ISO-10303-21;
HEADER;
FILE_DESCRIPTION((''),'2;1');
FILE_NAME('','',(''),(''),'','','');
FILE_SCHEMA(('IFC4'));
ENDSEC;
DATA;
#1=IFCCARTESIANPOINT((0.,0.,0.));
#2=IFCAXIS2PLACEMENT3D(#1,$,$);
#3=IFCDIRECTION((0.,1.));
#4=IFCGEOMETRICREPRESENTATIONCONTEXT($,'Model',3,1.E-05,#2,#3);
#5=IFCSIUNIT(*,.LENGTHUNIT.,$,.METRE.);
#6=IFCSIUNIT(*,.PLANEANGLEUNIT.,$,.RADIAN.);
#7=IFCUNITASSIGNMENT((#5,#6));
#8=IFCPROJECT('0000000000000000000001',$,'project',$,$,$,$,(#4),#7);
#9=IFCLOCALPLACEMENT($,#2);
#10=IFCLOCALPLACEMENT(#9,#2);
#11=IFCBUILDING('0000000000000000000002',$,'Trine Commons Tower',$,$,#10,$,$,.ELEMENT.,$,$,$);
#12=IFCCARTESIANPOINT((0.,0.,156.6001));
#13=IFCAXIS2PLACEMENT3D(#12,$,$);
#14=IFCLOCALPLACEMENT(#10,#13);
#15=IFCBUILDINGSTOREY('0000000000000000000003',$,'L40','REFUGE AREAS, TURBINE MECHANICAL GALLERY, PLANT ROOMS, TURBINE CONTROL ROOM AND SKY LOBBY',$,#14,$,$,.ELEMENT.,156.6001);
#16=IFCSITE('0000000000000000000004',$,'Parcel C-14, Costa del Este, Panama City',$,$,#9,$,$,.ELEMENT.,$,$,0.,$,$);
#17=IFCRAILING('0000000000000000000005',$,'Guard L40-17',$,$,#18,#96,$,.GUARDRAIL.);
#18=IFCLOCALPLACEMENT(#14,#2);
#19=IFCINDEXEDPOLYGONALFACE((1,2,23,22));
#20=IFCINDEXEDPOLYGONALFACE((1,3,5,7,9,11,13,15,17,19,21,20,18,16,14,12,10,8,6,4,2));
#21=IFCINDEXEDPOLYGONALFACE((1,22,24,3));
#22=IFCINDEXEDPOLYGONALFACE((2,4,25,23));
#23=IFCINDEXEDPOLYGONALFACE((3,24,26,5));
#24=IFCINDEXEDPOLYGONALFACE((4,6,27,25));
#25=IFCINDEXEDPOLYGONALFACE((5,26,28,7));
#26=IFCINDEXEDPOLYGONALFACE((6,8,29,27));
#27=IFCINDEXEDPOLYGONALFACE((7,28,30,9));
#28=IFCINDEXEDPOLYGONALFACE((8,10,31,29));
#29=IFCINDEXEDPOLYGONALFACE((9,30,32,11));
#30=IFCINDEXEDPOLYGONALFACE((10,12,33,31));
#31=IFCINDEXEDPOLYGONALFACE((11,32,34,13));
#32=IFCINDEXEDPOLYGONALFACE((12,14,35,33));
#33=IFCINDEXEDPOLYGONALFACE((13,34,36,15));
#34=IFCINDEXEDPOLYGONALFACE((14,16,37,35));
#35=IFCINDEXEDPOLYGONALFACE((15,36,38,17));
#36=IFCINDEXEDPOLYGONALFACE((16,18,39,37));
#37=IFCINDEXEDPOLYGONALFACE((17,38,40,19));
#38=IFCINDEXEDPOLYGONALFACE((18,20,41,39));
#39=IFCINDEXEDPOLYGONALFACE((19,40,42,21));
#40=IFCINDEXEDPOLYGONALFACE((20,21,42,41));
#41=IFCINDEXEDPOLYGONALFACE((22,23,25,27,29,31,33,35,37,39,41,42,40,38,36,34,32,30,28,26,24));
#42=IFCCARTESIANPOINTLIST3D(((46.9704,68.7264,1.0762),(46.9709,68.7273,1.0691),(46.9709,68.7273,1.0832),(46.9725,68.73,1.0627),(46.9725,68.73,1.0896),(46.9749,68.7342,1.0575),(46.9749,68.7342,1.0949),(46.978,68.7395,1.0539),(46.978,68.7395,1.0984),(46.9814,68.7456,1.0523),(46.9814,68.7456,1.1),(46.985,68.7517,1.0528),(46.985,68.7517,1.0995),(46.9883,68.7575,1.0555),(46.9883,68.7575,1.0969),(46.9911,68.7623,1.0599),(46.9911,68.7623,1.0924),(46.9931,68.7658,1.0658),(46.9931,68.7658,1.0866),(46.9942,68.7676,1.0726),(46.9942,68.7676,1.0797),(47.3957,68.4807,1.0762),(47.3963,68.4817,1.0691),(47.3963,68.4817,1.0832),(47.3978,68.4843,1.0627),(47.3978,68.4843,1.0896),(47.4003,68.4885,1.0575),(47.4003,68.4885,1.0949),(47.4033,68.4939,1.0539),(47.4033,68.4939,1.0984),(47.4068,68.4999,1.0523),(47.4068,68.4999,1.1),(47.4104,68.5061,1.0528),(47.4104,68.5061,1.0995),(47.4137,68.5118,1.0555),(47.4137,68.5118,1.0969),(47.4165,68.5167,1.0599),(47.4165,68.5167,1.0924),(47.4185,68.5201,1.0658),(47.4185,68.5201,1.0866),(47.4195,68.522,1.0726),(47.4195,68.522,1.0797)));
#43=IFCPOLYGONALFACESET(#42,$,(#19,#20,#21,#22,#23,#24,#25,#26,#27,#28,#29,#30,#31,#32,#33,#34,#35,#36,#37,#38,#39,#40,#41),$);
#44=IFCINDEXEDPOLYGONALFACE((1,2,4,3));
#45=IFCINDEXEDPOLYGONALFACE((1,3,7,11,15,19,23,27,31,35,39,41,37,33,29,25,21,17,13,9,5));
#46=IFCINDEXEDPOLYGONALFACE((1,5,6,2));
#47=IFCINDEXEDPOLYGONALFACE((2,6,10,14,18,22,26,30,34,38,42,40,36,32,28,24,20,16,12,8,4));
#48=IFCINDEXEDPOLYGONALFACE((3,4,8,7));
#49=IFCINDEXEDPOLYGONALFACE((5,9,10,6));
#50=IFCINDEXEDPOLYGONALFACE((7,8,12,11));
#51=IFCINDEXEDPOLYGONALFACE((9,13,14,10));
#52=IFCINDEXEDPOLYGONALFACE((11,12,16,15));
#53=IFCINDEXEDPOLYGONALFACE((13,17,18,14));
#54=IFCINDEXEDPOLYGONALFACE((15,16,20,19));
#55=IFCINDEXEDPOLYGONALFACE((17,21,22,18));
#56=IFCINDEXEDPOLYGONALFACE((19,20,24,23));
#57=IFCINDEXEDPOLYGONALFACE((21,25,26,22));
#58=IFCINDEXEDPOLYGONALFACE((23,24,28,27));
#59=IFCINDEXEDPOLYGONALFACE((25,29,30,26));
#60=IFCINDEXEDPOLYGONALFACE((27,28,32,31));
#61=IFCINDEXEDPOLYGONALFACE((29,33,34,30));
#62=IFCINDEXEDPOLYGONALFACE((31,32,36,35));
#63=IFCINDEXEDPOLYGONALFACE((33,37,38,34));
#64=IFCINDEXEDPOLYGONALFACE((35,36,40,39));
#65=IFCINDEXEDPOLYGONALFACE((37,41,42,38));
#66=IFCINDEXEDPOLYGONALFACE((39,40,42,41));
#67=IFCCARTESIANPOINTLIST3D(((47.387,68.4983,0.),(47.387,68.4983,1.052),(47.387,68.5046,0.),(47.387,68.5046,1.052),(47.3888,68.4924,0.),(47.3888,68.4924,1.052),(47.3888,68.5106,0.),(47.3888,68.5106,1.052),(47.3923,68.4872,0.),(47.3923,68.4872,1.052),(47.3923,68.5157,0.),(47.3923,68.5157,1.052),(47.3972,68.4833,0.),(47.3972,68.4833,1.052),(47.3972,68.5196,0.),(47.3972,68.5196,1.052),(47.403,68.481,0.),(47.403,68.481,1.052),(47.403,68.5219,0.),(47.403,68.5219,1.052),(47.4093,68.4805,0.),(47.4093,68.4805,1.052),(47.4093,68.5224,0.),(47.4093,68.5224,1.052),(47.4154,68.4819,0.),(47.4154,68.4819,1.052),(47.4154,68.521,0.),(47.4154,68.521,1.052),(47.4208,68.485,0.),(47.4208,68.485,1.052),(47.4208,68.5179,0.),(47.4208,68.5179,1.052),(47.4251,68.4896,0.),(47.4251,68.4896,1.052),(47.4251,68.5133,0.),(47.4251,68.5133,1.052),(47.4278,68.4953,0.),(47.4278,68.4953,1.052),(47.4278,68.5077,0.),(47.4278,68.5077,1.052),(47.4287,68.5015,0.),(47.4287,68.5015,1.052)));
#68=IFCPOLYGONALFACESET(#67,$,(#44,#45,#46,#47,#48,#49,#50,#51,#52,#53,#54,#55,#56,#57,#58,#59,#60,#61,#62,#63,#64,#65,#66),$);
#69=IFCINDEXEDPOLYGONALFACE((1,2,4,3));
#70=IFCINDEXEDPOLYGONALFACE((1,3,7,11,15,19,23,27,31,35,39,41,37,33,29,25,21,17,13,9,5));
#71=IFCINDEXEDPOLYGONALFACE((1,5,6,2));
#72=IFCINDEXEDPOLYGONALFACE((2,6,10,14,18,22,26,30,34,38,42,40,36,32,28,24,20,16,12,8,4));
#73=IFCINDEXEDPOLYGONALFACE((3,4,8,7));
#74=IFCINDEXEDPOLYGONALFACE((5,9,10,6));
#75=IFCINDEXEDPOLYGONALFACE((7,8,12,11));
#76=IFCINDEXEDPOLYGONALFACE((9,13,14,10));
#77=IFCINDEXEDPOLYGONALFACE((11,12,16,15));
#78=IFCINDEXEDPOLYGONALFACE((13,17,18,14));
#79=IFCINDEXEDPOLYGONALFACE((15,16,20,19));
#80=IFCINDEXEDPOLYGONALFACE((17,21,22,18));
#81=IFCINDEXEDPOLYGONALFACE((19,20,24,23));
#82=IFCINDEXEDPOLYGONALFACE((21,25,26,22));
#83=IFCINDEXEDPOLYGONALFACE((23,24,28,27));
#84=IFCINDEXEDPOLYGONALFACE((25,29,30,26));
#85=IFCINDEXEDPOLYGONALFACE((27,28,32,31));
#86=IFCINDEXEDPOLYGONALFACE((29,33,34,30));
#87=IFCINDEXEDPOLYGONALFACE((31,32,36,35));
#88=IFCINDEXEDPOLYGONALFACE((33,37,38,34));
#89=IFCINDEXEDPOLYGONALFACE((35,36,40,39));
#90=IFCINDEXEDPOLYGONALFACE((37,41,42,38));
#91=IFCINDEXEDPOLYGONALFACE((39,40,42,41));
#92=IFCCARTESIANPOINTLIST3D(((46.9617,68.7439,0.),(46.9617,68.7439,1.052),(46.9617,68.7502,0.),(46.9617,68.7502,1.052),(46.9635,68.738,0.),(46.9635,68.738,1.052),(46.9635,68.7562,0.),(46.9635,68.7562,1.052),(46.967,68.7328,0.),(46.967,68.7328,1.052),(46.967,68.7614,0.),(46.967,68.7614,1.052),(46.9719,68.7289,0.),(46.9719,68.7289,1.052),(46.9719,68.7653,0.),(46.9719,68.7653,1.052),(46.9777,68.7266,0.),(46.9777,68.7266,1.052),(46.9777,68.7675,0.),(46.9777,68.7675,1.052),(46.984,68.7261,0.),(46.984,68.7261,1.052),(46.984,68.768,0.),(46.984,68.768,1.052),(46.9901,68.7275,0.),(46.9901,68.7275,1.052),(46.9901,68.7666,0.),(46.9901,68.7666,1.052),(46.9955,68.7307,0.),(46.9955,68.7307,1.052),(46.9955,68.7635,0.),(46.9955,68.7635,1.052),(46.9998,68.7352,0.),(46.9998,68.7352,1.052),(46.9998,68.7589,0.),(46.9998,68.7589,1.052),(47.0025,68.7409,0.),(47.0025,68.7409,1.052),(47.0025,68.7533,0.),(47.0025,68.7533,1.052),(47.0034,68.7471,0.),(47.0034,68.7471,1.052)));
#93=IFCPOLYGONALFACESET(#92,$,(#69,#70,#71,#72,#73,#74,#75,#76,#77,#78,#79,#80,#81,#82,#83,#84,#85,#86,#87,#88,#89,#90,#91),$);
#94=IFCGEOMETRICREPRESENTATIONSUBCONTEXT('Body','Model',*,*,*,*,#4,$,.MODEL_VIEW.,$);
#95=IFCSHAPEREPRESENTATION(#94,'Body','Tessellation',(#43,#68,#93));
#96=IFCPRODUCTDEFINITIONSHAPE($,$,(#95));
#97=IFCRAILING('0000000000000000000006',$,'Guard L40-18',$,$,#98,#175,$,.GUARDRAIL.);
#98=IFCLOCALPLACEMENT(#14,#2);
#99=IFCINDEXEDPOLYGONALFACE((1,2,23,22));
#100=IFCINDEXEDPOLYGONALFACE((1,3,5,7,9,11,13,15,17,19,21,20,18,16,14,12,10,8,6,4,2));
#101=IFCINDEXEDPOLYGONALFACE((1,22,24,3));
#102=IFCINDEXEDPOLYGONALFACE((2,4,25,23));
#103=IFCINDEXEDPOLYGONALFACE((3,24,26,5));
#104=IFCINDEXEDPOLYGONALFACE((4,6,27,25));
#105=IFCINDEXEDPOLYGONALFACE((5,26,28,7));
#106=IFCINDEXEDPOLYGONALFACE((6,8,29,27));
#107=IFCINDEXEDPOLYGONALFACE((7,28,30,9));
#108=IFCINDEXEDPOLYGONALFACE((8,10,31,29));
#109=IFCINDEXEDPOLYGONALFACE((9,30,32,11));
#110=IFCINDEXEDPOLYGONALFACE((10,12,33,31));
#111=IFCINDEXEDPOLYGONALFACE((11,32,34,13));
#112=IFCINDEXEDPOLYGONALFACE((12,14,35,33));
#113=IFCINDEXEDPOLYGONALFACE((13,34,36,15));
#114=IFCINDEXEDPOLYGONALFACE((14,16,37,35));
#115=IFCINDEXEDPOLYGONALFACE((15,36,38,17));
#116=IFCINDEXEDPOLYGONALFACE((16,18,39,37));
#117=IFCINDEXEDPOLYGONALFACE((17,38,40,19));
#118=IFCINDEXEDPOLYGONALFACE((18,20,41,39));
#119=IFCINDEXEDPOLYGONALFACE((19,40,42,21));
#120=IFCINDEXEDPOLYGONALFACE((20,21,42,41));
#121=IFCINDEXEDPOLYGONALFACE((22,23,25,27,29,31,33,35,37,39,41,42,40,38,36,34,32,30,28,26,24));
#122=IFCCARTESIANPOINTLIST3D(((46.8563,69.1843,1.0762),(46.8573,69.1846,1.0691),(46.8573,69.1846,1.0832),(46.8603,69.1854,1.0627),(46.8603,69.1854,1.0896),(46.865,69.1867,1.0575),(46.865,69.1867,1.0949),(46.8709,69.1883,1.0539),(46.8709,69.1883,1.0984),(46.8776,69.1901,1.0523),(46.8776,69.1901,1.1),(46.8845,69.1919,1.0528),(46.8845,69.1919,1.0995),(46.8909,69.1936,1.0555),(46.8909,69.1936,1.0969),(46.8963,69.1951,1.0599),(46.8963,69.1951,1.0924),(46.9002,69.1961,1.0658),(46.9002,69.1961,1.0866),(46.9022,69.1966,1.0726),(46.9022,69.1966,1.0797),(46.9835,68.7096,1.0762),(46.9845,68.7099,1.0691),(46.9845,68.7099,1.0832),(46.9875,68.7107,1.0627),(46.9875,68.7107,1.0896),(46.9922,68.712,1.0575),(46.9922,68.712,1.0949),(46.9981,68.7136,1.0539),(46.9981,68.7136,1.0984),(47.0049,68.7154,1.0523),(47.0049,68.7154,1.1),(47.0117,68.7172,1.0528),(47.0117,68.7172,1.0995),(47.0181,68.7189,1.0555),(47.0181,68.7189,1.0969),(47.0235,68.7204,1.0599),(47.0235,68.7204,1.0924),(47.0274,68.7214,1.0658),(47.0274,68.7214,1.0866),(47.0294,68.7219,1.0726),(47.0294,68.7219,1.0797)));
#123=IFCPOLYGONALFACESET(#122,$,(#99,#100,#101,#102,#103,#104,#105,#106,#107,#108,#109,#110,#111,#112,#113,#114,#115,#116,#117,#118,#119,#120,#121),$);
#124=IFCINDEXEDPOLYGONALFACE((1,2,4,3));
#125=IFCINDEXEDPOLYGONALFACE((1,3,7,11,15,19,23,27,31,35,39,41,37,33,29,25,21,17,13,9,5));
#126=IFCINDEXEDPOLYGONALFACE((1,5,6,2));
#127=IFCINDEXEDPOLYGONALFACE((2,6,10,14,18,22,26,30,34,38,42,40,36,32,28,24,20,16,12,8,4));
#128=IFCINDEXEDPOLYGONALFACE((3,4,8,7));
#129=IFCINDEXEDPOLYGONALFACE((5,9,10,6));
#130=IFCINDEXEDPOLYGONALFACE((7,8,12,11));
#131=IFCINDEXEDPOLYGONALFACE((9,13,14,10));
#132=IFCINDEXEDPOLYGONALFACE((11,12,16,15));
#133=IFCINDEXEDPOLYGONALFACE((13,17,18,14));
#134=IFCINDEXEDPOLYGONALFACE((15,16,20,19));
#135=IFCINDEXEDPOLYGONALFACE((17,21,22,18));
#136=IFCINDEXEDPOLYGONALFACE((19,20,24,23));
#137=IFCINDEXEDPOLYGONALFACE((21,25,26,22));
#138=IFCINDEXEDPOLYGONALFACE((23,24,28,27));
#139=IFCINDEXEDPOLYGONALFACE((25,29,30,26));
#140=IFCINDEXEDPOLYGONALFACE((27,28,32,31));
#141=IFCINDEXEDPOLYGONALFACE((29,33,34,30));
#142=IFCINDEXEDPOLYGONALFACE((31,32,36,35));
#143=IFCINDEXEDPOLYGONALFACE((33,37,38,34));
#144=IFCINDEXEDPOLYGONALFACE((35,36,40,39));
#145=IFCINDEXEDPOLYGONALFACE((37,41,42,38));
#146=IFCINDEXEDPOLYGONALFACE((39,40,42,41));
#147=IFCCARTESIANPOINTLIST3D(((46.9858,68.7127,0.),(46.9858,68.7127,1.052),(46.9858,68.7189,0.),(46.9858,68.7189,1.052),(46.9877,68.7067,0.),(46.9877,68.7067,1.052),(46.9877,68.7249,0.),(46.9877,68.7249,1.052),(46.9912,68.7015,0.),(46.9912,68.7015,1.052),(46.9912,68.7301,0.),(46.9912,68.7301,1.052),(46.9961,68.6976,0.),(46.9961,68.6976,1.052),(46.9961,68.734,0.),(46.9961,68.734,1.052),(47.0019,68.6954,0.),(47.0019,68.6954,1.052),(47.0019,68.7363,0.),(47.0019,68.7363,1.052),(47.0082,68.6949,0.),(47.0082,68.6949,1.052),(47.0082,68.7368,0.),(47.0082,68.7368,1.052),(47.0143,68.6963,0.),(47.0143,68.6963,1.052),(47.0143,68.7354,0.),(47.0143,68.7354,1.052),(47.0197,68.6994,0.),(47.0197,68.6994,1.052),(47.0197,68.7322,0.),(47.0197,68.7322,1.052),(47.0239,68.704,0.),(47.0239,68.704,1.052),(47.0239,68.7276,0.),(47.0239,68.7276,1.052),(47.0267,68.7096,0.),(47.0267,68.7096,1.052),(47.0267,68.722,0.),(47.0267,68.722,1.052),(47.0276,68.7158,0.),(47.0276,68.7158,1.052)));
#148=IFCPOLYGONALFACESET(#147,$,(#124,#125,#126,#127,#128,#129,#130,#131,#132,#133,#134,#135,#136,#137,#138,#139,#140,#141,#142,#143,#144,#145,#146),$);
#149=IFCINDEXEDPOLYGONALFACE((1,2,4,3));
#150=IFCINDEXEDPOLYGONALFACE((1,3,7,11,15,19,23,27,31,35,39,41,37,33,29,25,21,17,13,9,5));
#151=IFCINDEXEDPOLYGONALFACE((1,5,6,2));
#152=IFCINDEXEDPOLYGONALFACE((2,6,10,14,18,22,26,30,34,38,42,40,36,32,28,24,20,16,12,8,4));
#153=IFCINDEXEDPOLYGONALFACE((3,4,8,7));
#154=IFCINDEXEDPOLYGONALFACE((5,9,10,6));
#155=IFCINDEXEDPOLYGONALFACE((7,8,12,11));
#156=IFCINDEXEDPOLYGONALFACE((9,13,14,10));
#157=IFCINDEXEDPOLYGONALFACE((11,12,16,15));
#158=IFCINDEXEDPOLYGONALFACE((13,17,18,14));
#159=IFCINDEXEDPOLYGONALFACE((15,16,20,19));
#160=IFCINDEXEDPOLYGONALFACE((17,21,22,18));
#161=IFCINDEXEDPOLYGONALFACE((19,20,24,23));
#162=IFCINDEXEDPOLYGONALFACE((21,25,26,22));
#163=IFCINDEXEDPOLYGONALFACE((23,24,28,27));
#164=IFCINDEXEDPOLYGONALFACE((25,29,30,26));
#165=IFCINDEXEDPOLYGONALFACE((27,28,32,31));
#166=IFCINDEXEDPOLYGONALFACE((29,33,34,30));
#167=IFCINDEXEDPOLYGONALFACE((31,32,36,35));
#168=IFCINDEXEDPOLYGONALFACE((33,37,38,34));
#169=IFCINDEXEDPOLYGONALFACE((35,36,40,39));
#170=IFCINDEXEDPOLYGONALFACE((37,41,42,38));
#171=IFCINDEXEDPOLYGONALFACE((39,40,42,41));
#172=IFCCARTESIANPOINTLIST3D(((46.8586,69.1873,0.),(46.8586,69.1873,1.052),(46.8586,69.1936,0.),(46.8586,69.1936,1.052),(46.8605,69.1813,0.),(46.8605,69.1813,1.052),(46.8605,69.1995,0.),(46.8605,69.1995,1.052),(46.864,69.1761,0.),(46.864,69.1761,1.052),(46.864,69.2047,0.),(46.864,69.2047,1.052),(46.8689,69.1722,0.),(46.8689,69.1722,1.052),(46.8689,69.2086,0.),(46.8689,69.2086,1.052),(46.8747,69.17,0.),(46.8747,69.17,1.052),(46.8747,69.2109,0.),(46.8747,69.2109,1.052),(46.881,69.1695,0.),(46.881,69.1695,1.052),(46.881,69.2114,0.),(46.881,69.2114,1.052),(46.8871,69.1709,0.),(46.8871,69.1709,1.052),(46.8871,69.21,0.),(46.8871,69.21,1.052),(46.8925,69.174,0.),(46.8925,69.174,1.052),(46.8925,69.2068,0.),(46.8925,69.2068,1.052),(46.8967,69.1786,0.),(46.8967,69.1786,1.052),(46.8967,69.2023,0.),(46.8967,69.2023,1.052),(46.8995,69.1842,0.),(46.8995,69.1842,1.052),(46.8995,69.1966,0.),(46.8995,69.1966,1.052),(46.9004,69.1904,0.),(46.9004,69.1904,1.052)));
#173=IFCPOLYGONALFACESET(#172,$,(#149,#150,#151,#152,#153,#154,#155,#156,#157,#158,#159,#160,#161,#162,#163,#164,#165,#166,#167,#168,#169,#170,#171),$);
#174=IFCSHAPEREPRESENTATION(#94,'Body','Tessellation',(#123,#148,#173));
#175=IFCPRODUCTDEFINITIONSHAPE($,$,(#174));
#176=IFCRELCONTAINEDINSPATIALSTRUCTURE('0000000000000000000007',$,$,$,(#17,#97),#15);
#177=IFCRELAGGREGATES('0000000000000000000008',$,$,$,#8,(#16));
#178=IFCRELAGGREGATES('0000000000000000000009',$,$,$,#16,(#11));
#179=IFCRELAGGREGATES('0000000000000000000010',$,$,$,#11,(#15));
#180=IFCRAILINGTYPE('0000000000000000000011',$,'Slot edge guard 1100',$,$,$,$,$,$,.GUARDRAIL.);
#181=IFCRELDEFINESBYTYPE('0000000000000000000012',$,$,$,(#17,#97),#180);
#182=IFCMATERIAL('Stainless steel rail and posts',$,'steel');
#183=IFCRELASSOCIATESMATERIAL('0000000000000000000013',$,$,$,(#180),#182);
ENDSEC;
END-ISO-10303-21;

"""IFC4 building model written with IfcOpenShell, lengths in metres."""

from ifc_helpers import new_model, si_unit, direction, frame, origin, origin_2d, place, context, subcontext, project, spatial, circle, extrude, material, type_object, element, save


model = new_model("IFC4")

# Units and contexts
model_context = context("Model", 3, precision=1e-05, world=origin(), true_north=direction((0.0, 1.0)))
body_context = subcontext(model_context, "Body", "Model", "MODEL_VIEW")
ifc_project = project(units=[si_unit("LENGTHUNIT", "METRE"), si_unit("PLANEANGLEUNIT", "RADIAN")], contexts=[model_context])

# Site, building, storey
site_placement = place(None, origin())
site = spatial("IfcSite", under=ifc_project, at=site_placement, Name="Parcel C-14, Costa del Este, Panama City", CompositionType="ELEMENT", RefElevation=0.0)
building_placement = place(site_placement, origin())
building = spatial("IfcBuilding", under=site, at=building_placement, Name="Trine Commons Tower", CompositionType="ELEMENT")
storey_placement = place(building_placement, frame((0.0, 0.0, 156.6001)))
storey = spatial("IfcBuildingStorey", under=building, at=storey_placement, Name="L40", Description="REFUGE AREAS, TURBINE MECHANICAL GALLERY, PLANT ROOMS, TURBINE CONTROL ROOM AND SKY LOBBY", CompositionType="ELEMENT", Elevation=156.6001)

# Railings
ifc_material_1 = material(Name="Stainless steel rail and posts", Category="steel")
railing_type = type_object("IfcRailingType", Name="Slot edge guard 1100", PredefinedType="GUARDRAIL", material=ifc_material_1)
railing_1_placement = place(storey_placement, frame((47.4077, 68.5015, 0.0)))
element("IfcRailing", 1, at=railing_1_placement, inside=storey, type_object=railing_type, Name="Guard L40-17", PredefinedType="GUARDRAIL", context=body_context, shape_type="SweptSolid", body=[
    extrude(circle(Radius=0.0239, at=origin_2d()), frame((0.0, 0.0, 1.0762), z_axis=(-0.86597, 0.500095, 0.0), x_axis=(-0.500095, -0.86597, 0.0)), (0.0, 0.0, 1.0), 0.4912),
    extrude(circle(Radius=0.021, at=origin_2d()), origin(), (0.0, 0.0, 1.0), 1.052),
    extrude(circle(Radius=0.021, at=origin_2d()), frame((-0.4253, 0.2456, 0.0)), (0.0, 0.0, 1.0), 1.052),
])
railing_2_placement = place(storey_placement, frame((47.0066, 68.7158, 0.0)))
element("IfcRailing", 2, at=railing_2_placement, inside=storey, type_object=railing_type, Name="Guard L40-18", PredefinedType="GUARDRAIL", context=body_context, shape_type="SweptSolid", body=[
    extrude(circle(Radius=0.0239, at=origin_2d()), frame((0.0, 0.0, 1.0762), z_axis=(-0.258869, 0.965913, 0.0), x_axis=(-0.965913, -0.258869, 0.0)), (0.0, 0.0, 1.0), 0.4915),
    extrude(circle(Radius=0.021, at=origin_2d()), origin(), (0.0, 0.0, 1.0), 1.052),
    extrude(circle(Radius=0.021, at=origin_2d()), frame((-0.1272, 0.4746, 0.0)), (0.0, 0.0, 1.0), 1.052),
])

save(model, "model.ifc")
